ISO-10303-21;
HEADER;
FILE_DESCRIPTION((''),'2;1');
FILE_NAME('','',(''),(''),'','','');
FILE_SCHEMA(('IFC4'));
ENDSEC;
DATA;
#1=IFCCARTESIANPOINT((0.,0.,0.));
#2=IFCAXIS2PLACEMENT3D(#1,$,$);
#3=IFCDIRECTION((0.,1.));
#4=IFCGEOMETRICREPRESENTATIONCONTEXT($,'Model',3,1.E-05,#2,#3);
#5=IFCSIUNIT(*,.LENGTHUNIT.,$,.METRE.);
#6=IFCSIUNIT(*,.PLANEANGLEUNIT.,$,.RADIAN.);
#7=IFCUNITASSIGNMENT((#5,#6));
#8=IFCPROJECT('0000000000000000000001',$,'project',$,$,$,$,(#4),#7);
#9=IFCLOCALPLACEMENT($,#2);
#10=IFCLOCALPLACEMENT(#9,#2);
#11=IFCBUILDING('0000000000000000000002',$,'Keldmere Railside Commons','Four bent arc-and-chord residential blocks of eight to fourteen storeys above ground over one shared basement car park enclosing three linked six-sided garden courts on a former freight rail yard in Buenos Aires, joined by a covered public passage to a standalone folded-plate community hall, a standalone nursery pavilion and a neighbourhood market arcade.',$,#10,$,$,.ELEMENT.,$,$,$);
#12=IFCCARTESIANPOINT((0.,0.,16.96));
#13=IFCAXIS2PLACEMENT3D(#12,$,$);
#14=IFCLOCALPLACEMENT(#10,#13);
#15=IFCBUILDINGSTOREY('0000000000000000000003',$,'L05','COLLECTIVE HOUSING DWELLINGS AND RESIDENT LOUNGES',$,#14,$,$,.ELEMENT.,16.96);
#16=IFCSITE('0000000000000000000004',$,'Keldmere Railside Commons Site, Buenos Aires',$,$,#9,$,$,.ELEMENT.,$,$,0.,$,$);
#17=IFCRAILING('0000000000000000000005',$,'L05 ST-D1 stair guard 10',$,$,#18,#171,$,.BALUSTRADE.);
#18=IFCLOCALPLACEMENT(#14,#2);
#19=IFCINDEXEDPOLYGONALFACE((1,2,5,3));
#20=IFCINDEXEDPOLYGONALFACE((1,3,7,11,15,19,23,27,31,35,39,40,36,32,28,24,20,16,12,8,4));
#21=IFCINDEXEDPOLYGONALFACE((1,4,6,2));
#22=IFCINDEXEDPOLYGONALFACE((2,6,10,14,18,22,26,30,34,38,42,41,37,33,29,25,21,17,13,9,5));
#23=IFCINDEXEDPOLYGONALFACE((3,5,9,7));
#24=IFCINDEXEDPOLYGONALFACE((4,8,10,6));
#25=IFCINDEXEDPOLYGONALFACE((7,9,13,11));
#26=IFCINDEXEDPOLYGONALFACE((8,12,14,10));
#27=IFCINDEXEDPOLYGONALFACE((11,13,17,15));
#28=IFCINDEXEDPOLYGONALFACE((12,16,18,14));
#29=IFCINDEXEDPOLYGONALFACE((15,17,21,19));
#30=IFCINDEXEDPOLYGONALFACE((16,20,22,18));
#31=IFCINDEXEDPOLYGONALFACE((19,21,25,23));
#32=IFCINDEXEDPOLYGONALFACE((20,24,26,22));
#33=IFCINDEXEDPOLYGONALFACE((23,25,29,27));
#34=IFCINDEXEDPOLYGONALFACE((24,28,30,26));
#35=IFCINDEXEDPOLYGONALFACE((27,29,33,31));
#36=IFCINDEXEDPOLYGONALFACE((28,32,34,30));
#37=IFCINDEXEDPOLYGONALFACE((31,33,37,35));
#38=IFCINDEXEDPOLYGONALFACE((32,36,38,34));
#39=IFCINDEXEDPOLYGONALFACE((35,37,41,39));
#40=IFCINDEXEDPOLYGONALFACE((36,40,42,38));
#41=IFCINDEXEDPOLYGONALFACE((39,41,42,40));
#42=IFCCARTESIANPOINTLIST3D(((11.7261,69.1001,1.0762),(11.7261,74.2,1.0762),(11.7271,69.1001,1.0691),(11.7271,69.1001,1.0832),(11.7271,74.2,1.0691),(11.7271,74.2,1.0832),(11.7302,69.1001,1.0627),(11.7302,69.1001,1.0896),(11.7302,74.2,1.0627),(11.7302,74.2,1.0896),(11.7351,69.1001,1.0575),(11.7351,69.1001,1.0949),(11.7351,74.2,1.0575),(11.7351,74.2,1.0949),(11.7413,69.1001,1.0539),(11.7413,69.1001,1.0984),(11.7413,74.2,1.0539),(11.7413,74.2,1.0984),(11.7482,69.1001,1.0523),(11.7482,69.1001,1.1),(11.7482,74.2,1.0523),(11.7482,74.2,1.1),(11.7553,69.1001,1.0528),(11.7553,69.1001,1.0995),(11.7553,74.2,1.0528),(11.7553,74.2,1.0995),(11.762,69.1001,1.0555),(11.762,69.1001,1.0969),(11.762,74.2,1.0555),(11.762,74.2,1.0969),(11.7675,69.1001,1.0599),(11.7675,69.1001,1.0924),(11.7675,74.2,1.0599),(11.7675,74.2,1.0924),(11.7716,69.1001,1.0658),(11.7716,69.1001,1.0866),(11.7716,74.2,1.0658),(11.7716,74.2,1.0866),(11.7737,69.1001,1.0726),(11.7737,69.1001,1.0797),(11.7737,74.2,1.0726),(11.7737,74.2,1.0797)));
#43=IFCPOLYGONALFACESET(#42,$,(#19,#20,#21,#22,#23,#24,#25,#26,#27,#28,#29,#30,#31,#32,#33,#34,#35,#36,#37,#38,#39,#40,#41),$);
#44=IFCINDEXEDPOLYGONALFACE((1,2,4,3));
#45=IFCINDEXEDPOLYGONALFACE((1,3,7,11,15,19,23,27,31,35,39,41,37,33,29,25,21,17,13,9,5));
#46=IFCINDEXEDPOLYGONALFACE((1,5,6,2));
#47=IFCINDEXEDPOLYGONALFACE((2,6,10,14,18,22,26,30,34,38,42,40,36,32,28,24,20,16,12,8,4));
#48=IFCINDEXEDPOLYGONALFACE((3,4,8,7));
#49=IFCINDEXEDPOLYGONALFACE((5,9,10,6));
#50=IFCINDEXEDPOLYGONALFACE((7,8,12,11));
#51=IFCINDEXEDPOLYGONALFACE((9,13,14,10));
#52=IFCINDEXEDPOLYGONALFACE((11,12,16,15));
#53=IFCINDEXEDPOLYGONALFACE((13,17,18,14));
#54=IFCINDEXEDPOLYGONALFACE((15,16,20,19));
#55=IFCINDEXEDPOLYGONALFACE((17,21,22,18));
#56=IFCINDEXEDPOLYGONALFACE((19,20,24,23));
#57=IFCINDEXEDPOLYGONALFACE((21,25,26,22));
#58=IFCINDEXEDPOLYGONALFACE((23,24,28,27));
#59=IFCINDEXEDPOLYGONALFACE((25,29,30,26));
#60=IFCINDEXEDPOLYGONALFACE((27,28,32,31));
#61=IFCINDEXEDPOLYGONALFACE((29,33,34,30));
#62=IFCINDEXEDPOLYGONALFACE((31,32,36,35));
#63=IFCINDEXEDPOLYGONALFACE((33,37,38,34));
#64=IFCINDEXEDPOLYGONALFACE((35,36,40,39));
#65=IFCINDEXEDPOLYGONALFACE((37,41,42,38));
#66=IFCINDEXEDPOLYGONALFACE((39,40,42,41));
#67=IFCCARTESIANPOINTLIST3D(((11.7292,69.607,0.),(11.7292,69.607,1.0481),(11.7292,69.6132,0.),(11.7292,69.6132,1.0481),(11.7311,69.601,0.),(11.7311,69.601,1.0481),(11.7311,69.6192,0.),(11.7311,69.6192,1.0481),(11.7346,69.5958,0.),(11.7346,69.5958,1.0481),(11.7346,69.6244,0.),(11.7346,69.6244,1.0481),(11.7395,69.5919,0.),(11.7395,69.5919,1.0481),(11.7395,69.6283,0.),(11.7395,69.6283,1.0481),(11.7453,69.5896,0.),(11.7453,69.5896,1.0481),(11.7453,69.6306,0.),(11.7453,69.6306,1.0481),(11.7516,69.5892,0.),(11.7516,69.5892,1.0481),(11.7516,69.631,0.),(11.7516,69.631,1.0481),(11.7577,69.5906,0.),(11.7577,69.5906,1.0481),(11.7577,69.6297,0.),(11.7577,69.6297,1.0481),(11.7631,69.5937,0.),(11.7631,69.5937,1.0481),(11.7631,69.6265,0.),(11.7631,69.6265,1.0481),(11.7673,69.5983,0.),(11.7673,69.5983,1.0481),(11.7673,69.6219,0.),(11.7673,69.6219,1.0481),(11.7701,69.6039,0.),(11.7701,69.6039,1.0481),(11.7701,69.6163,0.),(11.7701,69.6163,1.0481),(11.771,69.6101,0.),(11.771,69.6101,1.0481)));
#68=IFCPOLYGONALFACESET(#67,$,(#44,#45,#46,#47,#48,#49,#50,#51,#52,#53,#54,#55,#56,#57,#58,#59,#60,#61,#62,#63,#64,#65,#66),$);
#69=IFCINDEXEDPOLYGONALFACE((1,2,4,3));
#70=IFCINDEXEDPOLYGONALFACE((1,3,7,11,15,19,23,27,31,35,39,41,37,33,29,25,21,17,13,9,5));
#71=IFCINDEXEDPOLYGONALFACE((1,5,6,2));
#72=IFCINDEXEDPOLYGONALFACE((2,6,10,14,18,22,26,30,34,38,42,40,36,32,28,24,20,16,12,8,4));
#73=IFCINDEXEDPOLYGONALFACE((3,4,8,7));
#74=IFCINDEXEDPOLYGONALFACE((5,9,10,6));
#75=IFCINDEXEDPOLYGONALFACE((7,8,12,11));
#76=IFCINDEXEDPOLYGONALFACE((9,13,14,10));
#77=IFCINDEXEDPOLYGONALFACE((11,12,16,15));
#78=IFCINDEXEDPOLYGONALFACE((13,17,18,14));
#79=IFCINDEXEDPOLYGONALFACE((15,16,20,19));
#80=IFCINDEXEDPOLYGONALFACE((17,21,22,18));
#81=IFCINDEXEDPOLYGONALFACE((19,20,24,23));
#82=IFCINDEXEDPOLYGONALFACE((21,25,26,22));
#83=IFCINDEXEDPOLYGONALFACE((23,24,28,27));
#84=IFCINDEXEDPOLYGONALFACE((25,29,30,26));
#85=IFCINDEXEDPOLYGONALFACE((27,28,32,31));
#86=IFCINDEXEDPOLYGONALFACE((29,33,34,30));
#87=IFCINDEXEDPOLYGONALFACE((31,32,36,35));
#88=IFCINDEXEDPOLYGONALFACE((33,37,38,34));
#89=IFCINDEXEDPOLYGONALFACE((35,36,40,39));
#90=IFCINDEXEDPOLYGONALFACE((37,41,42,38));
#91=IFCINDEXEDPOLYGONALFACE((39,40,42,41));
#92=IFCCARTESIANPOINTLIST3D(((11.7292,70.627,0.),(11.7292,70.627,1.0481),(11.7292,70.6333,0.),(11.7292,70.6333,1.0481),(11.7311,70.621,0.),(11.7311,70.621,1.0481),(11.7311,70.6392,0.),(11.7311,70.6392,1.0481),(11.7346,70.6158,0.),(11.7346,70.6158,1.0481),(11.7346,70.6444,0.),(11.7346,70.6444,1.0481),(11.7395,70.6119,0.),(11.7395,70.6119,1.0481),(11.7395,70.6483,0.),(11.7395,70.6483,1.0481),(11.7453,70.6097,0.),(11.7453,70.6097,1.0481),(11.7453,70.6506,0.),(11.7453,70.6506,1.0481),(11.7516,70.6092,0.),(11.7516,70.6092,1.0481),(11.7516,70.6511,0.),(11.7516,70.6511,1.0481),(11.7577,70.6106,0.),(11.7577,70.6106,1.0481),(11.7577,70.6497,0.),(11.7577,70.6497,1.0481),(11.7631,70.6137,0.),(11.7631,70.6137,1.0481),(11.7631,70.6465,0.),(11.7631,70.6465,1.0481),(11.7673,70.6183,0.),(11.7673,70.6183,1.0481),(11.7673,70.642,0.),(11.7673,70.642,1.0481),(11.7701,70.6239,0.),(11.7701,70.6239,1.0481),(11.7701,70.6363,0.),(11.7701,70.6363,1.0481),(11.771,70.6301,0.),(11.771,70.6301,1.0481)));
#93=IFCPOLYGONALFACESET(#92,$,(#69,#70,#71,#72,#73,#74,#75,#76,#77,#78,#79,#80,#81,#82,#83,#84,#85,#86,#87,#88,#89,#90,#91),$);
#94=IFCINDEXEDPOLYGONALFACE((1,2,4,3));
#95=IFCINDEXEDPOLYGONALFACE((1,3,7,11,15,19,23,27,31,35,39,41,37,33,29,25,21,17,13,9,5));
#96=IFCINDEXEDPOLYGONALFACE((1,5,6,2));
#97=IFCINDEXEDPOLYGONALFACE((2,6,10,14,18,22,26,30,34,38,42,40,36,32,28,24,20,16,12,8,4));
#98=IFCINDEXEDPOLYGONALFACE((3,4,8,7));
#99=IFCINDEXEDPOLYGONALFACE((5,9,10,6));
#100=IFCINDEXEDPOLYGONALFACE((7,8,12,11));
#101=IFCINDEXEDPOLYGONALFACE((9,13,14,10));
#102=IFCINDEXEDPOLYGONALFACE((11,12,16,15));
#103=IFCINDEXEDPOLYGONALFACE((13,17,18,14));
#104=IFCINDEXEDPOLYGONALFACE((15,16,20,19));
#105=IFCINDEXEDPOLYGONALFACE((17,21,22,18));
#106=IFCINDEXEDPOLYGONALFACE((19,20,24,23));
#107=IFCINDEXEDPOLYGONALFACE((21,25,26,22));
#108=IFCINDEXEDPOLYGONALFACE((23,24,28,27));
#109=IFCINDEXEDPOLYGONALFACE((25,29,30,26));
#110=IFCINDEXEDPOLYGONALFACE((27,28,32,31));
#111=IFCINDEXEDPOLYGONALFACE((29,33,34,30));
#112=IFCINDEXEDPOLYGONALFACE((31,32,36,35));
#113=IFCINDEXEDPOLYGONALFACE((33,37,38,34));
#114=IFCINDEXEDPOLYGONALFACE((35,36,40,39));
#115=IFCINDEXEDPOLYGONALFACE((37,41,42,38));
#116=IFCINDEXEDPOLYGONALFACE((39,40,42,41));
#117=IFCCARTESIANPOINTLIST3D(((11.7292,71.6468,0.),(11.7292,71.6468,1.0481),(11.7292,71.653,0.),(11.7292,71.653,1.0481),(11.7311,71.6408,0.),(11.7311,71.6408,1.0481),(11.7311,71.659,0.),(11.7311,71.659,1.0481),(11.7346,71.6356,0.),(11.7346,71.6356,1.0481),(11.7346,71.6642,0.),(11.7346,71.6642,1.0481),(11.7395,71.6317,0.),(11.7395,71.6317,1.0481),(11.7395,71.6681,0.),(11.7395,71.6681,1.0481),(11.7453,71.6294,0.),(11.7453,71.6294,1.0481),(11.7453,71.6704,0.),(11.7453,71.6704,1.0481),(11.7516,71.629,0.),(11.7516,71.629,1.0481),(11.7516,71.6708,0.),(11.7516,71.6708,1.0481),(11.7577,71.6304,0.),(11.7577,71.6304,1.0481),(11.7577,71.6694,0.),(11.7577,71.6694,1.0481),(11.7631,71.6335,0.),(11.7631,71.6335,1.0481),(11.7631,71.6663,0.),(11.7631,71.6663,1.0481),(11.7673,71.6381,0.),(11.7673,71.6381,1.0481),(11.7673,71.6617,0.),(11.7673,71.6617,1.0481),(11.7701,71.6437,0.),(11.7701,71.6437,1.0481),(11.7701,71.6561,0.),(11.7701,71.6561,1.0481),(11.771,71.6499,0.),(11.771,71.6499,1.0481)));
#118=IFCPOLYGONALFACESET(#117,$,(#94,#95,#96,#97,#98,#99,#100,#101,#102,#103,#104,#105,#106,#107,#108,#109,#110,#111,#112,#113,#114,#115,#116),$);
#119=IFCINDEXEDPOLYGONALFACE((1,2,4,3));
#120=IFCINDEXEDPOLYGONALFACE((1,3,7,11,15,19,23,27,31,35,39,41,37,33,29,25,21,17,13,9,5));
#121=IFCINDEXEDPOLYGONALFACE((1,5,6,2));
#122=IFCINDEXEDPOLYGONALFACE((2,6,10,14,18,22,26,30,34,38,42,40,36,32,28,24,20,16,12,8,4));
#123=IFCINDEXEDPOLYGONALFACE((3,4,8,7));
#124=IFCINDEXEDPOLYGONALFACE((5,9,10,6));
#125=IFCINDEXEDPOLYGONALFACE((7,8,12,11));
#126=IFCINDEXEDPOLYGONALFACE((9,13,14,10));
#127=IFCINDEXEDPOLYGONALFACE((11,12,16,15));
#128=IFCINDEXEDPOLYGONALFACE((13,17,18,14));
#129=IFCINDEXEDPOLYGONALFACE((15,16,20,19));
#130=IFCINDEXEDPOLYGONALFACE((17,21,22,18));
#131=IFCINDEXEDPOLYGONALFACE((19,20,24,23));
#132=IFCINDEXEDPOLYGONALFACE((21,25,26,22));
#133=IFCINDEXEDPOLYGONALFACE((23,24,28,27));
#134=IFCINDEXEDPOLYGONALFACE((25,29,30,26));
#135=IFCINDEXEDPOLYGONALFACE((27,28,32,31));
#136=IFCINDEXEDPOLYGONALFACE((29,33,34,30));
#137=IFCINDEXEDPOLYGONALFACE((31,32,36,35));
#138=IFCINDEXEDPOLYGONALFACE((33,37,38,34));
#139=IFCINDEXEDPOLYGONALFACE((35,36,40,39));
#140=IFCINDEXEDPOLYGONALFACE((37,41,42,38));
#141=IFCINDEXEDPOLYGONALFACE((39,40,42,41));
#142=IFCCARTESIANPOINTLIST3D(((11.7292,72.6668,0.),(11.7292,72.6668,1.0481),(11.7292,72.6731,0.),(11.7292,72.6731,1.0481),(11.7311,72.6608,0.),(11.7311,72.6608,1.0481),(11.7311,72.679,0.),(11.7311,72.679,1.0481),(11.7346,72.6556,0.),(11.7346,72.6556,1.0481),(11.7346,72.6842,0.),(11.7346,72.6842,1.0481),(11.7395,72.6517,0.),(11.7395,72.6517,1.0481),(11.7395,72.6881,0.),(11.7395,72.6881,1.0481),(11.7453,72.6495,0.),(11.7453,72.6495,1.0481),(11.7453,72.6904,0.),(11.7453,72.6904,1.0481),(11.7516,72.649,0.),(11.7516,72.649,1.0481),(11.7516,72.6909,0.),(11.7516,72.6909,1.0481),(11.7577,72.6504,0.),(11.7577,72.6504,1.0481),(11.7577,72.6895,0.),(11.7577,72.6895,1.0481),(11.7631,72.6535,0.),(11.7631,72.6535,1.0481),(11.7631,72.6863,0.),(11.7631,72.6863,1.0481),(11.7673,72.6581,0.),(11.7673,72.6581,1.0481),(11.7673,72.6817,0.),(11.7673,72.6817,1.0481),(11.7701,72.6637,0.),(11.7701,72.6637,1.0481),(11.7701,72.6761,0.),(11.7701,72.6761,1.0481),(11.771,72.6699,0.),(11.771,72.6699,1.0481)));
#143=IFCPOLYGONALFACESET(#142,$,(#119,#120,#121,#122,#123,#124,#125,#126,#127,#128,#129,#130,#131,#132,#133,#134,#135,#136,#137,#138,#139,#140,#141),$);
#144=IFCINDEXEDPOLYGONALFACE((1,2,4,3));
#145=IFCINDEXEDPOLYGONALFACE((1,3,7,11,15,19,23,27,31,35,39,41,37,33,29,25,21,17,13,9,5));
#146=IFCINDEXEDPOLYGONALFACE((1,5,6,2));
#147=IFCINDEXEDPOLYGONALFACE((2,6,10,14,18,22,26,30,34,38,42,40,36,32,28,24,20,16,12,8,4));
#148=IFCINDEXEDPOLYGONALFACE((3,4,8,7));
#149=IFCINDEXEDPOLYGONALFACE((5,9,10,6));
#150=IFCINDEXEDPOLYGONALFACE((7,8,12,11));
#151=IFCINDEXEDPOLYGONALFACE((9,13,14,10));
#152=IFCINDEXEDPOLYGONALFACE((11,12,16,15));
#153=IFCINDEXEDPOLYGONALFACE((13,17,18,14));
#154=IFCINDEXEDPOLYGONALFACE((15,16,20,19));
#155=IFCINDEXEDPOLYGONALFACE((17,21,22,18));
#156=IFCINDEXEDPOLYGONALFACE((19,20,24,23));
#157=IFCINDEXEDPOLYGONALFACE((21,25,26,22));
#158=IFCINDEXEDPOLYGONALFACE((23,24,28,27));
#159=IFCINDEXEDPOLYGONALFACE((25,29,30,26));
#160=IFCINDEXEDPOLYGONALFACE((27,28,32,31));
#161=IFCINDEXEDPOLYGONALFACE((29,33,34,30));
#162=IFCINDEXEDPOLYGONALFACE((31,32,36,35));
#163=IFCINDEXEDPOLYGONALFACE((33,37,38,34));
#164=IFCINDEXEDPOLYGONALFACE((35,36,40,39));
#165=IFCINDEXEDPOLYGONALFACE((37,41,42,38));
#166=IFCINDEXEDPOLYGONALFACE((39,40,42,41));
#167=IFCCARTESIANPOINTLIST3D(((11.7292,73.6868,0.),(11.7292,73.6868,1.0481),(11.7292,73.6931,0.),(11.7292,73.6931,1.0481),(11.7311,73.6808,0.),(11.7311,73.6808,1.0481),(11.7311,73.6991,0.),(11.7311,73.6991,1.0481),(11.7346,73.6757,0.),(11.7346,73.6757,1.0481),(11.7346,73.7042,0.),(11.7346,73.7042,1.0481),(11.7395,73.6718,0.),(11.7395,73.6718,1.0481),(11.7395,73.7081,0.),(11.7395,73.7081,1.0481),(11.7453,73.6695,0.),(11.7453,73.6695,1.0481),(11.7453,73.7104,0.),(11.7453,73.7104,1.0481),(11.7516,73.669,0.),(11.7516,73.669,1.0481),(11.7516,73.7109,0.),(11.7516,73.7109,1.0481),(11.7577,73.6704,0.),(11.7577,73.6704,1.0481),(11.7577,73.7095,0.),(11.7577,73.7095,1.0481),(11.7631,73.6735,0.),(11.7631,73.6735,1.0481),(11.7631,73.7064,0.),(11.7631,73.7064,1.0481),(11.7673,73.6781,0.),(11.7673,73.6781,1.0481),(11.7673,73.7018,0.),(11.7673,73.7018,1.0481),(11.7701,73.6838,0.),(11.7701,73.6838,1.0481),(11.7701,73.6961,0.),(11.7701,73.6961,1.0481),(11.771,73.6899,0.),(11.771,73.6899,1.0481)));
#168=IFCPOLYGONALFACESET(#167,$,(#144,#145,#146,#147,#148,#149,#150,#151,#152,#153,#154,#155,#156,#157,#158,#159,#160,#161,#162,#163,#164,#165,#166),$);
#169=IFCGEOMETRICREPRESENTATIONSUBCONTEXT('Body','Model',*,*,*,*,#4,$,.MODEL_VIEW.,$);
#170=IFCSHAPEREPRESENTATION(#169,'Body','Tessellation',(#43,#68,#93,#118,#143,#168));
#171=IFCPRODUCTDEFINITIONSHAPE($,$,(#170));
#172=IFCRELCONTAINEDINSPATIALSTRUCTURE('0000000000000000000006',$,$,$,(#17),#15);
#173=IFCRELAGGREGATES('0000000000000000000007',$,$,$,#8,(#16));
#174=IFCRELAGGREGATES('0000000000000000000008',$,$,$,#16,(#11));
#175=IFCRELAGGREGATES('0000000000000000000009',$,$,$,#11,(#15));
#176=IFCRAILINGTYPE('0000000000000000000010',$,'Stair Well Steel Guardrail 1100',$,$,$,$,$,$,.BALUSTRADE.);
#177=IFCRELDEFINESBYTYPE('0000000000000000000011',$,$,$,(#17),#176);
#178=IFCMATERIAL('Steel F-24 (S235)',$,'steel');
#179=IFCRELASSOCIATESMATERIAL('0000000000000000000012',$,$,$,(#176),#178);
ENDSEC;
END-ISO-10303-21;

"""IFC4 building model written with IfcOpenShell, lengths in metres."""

from ifc_helpers import new_model, si_unit, direction, frame, origin, origin_2d, place, context, subcontext, project, spatial, circle, extrude, material, type_object, element, save


model = new_model("IFC4")

# Units and contexts
model_context = context("Model", 3, precision=1e-05, world=origin(), true_north=direction((0.0, 1.0)))
body_context = subcontext(model_context, "Body", "Model", "MODEL_VIEW")
ifc_project = project(units=[si_unit("LENGTHUNIT", "METRE"), si_unit("PLANEANGLEUNIT", "RADIAN")], contexts=[model_context])

# Site, building, storey
site_placement = place(None, origin())
site = spatial("IfcSite", under=ifc_project, at=site_placement, Name="Keldmere Railside Commons Site, Buenos Aires", CompositionType="ELEMENT", RefElevation=0.0)
building_placement = place(site_placement, origin())
building = spatial("IfcBuilding", under=site, at=building_placement, Name="Keldmere Railside Commons", Description="Four bent arc-and-chord residential blocks of eight to fourteen storeys above ground over one shared basement car park enclosing three linked six-sided garden courts on a former freight rail yard in Buenos Aires, joined by a covered public passage to a standalone folded-plate community hall, a standalone nursery pavilion and a neighbourhood market arcade.", CompositionType="ELEMENT")
storey_placement = place(building_placement, frame((0.0, 0.0, 16.96)))
storey = spatial("IfcBuildingStorey", under=building, at=storey_placement, Name="L05", Description="COLLECTIVE HOUSING DWELLINGS AND RESIDENT LOUNGES", CompositionType="ELEMENT", Elevation=16.96)

# Railing
ifc_material_1 = material(Name="Steel F-24 (S235)", Category="steel")
railing_type_1 = type_object("IfcRailingType", Name="Stair Well Steel Guardrail 1100", PredefinedType="BALUSTRADE", material=ifc_material_1)
for number, where, name in (
    (1, (11.75, 69.1001, 0.0), "L05 ST-D1 stair guard 10"),
):
    element("IfcRailing", number, at=place(storey_placement, frame(where)), inside=storey, type_object=railing_type_1, Name=name, PredefinedType="BALUSTRADE", context=body_context, shape_type="SweptSolid", body=[
        extrude(circle(Radius=0.0239, at=origin_2d()), frame((0.0, 0.0, 1.0762), z_axis=(0.0, 1.0, 0.0), x_axis=(-1.0, 0.0, 0.0)), (0.0, 0.0, 1.0), 5.0999),
        extrude(circle(Radius=0.021, at=origin_2d()), frame((0.0, 0.51, 0.0)), (0.0, 0.0, 1.0), 1.0481),
        extrude(circle(Radius=0.021, at=origin_2d()), frame((0.0, 1.53, 0.0)), (0.0, 0.0, 1.0), 1.0481),
        extrude(circle(Radius=0.021, at=origin_2d()), frame((0.0, 2.5498, 0.0)), (0.0, 0.0, 1.0), 1.0481),
        extrude(circle(Radius=0.021, at=origin_2d()), frame((0.0, 3.5698, 0.0)), (0.0, 0.0, 1.0), 1.0481),
        extrude(circle(Radius=0.021, at=origin_2d()), frame((0.0, 4.5898, 0.0)), (0.0, 0.0, 1.0), 1.0481),
    ])

save(model, "model.ifc")
